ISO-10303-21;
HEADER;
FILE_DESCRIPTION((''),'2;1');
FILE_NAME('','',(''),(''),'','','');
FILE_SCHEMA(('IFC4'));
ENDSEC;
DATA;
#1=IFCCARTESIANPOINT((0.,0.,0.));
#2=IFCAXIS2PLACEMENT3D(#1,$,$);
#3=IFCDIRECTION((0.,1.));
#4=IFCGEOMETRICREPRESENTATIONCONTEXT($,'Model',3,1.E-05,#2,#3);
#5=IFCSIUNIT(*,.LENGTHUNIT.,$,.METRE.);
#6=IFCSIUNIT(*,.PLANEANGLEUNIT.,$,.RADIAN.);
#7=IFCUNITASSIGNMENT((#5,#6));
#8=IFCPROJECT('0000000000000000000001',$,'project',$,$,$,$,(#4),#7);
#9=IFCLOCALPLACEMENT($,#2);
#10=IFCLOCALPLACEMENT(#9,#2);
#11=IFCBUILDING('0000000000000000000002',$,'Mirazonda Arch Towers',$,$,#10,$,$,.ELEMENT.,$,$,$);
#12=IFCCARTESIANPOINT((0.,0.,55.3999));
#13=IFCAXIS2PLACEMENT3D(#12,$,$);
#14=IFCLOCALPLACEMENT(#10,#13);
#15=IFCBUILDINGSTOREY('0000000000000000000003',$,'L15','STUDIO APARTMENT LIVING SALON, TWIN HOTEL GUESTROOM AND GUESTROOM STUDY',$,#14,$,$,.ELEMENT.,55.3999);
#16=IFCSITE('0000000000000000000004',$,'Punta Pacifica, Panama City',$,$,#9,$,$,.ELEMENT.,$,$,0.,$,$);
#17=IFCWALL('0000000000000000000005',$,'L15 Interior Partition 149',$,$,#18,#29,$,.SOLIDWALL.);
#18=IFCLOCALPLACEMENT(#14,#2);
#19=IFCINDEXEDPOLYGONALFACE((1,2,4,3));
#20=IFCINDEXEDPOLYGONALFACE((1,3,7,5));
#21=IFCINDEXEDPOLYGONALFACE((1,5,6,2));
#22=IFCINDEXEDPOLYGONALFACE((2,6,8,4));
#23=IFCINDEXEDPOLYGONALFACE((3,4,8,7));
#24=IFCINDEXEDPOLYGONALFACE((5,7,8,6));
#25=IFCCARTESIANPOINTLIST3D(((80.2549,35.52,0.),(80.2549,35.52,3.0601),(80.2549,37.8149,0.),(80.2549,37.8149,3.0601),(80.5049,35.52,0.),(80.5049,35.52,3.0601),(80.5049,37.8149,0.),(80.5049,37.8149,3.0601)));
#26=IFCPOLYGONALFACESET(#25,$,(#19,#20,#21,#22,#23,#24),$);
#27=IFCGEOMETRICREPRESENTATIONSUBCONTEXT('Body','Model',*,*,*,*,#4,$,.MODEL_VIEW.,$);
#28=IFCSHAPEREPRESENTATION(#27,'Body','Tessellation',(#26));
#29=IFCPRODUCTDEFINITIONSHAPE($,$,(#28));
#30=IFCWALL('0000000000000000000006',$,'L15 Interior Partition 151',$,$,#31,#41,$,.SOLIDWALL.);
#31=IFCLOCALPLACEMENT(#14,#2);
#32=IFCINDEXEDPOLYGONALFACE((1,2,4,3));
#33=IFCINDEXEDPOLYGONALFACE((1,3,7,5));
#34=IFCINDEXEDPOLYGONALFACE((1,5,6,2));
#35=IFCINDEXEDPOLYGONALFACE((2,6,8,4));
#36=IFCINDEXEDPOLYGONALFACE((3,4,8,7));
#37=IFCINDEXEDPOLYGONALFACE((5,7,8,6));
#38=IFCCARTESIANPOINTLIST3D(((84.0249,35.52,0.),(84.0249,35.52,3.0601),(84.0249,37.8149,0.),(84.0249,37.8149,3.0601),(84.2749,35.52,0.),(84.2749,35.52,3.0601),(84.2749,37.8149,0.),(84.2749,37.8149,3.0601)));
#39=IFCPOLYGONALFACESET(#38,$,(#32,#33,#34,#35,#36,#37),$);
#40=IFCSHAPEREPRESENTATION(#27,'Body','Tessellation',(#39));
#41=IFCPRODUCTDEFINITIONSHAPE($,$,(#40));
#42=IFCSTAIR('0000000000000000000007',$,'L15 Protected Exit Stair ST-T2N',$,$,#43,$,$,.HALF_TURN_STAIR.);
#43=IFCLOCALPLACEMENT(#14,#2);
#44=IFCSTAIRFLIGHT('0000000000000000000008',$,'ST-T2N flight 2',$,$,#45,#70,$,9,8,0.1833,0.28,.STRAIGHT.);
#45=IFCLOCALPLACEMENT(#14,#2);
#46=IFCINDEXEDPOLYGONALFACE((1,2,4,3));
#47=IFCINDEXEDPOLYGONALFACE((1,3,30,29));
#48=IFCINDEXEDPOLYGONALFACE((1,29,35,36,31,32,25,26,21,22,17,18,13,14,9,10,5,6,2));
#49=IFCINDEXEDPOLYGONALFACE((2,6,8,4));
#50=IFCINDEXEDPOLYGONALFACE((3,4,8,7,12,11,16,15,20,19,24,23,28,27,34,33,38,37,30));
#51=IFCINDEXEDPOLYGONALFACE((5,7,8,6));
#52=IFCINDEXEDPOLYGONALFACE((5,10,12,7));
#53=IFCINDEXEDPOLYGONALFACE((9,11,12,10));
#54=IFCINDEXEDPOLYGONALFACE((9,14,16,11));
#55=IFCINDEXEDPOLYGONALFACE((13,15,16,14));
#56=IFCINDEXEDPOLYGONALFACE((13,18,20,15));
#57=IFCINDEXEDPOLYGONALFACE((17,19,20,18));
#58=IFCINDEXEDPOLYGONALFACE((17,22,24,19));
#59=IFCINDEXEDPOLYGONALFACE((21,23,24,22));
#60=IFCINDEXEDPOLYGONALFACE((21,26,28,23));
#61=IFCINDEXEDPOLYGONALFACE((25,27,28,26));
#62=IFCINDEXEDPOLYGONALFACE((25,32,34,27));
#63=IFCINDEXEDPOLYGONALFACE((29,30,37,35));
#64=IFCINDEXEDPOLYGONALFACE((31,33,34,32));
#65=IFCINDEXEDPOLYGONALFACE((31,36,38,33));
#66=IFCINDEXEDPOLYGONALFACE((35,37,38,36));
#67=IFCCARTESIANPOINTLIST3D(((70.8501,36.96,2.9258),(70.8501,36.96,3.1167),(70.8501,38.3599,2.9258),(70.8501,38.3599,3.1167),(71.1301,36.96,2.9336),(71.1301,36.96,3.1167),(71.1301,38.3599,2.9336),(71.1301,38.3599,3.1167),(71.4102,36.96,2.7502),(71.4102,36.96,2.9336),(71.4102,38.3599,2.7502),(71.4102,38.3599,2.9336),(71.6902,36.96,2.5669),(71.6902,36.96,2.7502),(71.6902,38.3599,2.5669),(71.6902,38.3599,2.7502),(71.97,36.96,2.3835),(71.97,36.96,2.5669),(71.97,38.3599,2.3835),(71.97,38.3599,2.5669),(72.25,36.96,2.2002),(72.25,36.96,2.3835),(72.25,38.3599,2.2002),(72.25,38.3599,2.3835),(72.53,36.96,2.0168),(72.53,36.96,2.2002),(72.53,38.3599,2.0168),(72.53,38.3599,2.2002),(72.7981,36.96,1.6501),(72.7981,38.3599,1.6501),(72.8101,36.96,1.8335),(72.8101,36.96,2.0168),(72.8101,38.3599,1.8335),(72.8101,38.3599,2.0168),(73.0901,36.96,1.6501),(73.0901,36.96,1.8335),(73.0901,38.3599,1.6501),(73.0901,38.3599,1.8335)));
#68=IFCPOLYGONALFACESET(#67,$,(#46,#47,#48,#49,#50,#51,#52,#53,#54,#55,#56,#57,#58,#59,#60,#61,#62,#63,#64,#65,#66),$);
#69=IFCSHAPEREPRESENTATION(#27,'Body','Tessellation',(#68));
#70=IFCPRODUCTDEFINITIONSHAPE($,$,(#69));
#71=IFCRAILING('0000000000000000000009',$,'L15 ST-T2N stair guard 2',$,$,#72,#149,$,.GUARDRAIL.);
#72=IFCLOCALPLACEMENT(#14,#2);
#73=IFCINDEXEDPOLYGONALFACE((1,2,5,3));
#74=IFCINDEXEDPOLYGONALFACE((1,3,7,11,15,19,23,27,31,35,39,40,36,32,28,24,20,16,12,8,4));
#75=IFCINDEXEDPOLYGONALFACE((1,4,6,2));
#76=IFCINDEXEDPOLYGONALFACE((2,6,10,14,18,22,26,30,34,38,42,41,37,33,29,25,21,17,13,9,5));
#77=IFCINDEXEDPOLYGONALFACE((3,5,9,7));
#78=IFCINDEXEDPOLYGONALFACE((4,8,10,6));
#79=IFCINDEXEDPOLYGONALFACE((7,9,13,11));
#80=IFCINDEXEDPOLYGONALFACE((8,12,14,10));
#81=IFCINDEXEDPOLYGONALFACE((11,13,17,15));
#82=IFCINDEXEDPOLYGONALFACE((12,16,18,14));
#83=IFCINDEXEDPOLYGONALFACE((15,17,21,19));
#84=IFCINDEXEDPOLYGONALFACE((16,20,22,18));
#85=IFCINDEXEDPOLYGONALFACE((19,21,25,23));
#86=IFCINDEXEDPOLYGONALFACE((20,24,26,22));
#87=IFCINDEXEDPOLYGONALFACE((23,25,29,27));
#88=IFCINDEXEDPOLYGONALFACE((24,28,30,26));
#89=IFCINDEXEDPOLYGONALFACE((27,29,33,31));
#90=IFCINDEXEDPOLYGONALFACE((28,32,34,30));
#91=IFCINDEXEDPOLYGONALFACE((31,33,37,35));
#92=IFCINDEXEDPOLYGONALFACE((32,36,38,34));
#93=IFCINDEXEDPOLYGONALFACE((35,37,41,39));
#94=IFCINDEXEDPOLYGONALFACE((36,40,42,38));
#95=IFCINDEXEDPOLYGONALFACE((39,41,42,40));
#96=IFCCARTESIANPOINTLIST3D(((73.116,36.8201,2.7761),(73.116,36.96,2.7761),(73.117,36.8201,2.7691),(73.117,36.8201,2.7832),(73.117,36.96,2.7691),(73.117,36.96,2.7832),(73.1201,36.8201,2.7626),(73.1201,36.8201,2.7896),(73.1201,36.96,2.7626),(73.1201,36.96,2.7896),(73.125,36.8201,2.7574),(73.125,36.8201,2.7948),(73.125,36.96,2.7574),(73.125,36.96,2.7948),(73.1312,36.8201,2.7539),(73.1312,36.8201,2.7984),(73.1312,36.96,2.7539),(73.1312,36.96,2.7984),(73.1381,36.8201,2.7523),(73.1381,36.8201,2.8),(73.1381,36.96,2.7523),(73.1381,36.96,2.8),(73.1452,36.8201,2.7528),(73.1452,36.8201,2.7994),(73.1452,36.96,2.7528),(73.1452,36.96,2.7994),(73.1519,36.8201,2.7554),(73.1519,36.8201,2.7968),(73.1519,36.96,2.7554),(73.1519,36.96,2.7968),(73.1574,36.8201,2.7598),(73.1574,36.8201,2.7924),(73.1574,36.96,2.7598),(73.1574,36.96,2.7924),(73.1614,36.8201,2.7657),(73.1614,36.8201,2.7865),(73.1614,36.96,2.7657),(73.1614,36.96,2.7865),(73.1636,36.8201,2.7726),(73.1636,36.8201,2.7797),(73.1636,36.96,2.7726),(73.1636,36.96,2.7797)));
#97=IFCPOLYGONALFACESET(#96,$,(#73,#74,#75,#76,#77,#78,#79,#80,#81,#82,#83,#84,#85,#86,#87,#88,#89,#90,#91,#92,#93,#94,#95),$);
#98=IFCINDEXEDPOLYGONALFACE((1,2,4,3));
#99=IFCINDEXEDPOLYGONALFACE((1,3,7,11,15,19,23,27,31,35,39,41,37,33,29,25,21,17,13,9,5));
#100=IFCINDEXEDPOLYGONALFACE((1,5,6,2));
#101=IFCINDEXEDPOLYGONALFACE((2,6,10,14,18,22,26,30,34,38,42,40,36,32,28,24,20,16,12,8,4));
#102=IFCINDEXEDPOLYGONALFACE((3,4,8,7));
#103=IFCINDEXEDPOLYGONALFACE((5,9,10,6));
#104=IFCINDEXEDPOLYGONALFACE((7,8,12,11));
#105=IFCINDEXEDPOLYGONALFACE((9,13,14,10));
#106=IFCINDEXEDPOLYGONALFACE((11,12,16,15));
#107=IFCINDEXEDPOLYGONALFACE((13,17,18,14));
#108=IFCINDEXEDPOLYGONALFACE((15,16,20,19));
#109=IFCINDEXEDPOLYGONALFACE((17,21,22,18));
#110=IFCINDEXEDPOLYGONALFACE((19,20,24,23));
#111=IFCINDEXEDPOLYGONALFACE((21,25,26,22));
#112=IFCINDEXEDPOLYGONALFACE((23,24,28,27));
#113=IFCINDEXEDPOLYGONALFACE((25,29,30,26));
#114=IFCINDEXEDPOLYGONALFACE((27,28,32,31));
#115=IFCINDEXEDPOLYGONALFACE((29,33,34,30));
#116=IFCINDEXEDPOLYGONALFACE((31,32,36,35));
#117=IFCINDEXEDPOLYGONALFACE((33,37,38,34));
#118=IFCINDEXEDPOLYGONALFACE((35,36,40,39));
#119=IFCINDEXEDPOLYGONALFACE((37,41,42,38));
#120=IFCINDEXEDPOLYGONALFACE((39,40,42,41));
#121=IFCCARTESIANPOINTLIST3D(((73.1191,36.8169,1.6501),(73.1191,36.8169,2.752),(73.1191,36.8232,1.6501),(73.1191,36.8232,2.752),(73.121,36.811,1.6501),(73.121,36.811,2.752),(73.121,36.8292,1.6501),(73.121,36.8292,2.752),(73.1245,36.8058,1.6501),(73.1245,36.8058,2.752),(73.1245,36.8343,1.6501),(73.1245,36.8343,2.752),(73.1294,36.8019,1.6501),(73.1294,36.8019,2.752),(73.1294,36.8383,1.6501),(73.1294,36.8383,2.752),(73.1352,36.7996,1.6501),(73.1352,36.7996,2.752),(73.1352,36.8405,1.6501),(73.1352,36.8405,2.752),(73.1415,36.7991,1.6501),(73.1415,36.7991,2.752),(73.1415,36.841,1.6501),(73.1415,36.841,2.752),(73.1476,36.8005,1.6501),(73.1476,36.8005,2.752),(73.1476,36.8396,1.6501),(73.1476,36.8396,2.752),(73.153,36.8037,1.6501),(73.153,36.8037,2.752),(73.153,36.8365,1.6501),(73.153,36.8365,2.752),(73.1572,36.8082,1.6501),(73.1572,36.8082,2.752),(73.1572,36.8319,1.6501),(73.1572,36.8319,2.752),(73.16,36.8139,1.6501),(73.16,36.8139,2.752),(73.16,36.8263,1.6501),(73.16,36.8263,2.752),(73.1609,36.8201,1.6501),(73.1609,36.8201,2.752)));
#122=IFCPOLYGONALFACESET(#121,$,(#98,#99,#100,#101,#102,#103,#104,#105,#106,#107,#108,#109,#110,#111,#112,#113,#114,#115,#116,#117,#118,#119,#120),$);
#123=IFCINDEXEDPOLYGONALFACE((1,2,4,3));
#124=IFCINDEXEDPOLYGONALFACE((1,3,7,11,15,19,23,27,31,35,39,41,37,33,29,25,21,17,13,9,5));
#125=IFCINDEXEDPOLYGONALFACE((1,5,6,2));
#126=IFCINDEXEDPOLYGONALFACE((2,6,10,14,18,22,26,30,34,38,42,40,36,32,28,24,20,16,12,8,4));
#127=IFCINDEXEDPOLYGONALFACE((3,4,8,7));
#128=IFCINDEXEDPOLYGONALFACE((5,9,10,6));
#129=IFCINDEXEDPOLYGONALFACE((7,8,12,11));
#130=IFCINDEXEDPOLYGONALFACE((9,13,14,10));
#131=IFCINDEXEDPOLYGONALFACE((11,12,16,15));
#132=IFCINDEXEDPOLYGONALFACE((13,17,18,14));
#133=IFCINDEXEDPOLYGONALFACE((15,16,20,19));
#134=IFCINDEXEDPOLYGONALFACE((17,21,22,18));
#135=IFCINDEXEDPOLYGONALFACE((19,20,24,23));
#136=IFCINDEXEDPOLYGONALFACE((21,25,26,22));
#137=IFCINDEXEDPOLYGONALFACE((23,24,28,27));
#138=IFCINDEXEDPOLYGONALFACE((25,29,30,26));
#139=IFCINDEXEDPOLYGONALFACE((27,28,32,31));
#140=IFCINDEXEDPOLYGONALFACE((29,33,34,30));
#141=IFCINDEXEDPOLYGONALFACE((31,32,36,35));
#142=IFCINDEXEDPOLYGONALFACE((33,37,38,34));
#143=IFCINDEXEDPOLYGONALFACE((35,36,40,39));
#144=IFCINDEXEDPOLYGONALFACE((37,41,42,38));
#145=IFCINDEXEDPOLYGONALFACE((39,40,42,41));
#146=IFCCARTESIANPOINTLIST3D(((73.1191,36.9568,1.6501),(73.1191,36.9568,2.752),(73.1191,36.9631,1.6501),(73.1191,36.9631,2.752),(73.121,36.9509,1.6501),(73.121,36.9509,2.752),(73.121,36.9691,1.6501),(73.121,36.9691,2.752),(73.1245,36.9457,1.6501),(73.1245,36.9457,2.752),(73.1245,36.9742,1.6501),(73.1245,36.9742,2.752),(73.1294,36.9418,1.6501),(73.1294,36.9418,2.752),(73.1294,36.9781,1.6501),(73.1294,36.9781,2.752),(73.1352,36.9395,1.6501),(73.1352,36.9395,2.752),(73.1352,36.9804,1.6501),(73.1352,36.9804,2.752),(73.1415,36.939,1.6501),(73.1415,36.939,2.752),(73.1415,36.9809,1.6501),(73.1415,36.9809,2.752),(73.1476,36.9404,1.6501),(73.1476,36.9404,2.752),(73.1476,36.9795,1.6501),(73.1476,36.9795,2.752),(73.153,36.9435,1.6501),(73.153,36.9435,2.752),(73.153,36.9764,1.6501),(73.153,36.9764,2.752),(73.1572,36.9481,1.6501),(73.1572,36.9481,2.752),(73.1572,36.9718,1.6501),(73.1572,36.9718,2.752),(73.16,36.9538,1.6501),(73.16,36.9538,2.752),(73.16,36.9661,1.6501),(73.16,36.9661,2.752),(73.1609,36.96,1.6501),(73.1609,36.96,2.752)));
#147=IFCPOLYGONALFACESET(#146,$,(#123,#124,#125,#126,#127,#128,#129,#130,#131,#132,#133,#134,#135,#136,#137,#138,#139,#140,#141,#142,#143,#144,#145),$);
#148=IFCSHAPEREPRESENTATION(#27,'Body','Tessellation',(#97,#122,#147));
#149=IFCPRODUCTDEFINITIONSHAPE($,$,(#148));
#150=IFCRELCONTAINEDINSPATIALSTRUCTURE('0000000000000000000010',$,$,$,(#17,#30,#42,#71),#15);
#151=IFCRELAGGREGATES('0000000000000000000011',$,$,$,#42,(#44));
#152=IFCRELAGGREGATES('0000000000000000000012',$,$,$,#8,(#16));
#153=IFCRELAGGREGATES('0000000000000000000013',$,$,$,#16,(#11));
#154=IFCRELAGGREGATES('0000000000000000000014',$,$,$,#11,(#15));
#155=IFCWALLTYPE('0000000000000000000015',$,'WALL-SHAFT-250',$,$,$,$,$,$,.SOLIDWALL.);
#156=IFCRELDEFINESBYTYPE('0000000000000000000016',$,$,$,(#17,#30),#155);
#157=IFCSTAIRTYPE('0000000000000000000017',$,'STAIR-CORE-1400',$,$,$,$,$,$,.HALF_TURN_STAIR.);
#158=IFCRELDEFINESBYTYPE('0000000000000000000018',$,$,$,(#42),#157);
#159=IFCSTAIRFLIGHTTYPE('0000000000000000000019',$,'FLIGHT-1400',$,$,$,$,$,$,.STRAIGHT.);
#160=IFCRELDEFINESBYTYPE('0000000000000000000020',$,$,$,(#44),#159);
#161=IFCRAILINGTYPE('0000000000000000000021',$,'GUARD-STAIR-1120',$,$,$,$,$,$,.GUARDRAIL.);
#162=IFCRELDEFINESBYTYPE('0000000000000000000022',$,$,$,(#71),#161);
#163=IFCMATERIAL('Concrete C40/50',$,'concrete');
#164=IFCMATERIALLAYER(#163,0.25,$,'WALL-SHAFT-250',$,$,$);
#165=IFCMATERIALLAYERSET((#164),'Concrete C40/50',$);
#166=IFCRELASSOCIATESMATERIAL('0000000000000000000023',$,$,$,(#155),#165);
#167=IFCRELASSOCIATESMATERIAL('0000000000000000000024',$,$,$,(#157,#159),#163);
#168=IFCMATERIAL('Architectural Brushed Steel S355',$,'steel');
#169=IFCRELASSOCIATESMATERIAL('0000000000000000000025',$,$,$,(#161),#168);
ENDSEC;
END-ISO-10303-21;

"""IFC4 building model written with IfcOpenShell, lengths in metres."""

from ifc_helpers import new_model, si_unit, direction, frame, frame_2d, origin, origin_2d, place, context, subcontext, project, spatial, polyline, rectangle, circle, outline, extrude, material, layer, layer_set, type_object, element, aggregate, save


model = new_model("IFC4")

# Units and contexts
model_context = context("Model", 3, precision=1e-05, world=origin(), true_north=direction((0.0, 1.0)))
body_context = subcontext(model_context, "Body", "Model", "MODEL_VIEW")
ifc_project = project(units=[si_unit("LENGTHUNIT", "METRE"), si_unit("PLANEANGLEUNIT", "RADIAN")], contexts=[model_context])

# Site, building, storey
site_placement = place(None, origin())
site = spatial("IfcSite", under=ifc_project, at=site_placement, Name="Punta Pacifica, Panama City", CompositionType="ELEMENT", RefElevation=0.0)
building_placement = place(site_placement, origin())
building = spatial("IfcBuilding", under=site, at=building_placement, Name="Mirazonda Arch Towers", CompositionType="ELEMENT")
storey_placement = place(building_placement, frame((0.0, 0.0, 55.3999)))
storey = spatial("IfcBuildingStorey", under=building, at=storey_placement, Name="L15", Description="STUDIO APARTMENT LIVING SALON, TWIN HOTEL GUESTROOM AND GUESTROOM STUDY", CompositionType="ELEMENT", Elevation=55.3999)

# Walls
ifc_material_1 = material(Name="Concrete C40/50", Category="concrete")
ifc_layer_1 = layer(ifc_material_1, 0.25, Name="WALL-SHAFT-250")
ifc_layer_set_1 = layer_set([ifc_layer_1], Name="Concrete C40/50")
wall_type_1 = type_object("IfcWallType", Name="WALL-SHAFT-250", PredefinedType="SOLIDWALL", material=ifc_layer_set_1)
for number, where, z_axis, x_axis, name in (
    (1, (80.3799, 35.52, 0.0), (0.0, 0.0, 1.0), (0.0, 1.0, 0.0), "L15 Interior Partition 149"),
    (2, (84.1499, 35.52, 0.0), (0.0, 0.0, 1.0), (0.0, 1.0, 0.0), "L15 Interior Partition 151"),
):
    element("IfcWall", number, at=place(storey_placement, frame(where, z_axis=z_axis, x_axis=x_axis)), inside=storey, type_object=wall_type_1, Name=name, PredefinedType="SOLIDWALL", context=body_context, shape_type="SweptSolid", body=[
        extrude(rectangle(XDim=2.2949, YDim=0.25, at=frame_2d((1.1475, 0.0))), origin(), (0.0, 0.0, 1.0), 3.0601),
    ])

# Stair, stair flight
stair_type = type_object("IfcStairType", Name="STAIR-CORE-1400", PredefinedType="HALF_TURN_STAIR", material=ifc_material_1)
stair_placement = place(storey_placement, origin())
stair = element("IfcStair", 3, at=stair_placement, inside=storey, type_object=stair_type, Name="L15 Protected Exit Stair ST-T2N", PredefinedType="HALF_TURN_STAIR")
stair_flight_type = type_object("IfcStairFlightType", Name="FLIGHT-1400", PredefinedType="STRAIGHT", material=ifc_material_1)
stair_flight_placement = place(storey_placement, frame((73.0901, 37.6599, 1.6501), z_axis=(0.0, 0.0, 1.0), x_axis=(-1.0, 0.0, 0.0)))
stair_flight = element("IfcStairFlight", 4, at=stair_flight_placement, type_object=stair_flight_type, Name="ST-T2N flight 2", NumberOfRisers=9, NumberOfTreads=8, PredefinedType="STRAIGHT", RiserHeight=0.1833, TreadLength=0.28, context=body_context, shape_type="SweptSolid", body=[
    extrude(outline(polyline([(0.0, 0.0), (0.0, 0.1833), (0.28, 0.1833), (0.28, 0.3667), (0.5601, 0.3667), (0.5601, 0.55), (0.8401, 0.55), (0.8401, 0.7334), (1.1201, 0.7334), (1.1201, 0.9167), (1.3999, 0.9167), (1.3999, 1.1001), (1.6799, 1.1001), (1.6799, 1.2834), (1.96, 1.2834), (1.96, 1.4666), (2.24, 1.4666), (2.24, 1.6499), (2.24, 1.2756), (0.292, 0.0), (0.0, 0.0)])), frame((0.0, 0.7, 0.0), z_axis=(0.0, -1.0, 0.0), x_axis=(1.0, 0.0, 0.0)), (0.0, 0.0, 1.0), 1.3999),
])
aggregate(stair, [stair_flight])

# Railing
ifc_material_2 = material(Name="Architectural Brushed Steel S355", Category="steel")
railing_type_1 = type_object("IfcRailingType", Name="GUARD-STAIR-1120", PredefinedType="GUARDRAIL", material=ifc_material_2)
railing_1_placement = place(storey_placement, frame((73.1399, 36.8201, 1.6501)))
element("IfcRailing", 5, at=railing_1_placement, inside=storey, type_object=railing_type_1, Name="L15 ST-T2N stair guard 2", PredefinedType="GUARDRAIL", context=body_context, shape_type="SweptSolid", body=[
    extrude(circle(Radius=0.0239, at=origin_2d()), frame((0.0, 0.0, 1.126), z_axis=(0.0, 1.0, 0.0), x_axis=(-1.0, 0.0, 0.0)), (0.0, 0.0, 1.0), 0.1399),
    extrude(circle(Radius=0.021, at=origin_2d()), origin(), (0.0, 0.0, 1.0), 1.1018),
    extrude(circle(Radius=0.021, at=origin_2d()), frame((0.0, 0.1399, 0.0)), (0.0, 0.0, 1.0), 1.1018),
])

save(model, "model.ifc")
